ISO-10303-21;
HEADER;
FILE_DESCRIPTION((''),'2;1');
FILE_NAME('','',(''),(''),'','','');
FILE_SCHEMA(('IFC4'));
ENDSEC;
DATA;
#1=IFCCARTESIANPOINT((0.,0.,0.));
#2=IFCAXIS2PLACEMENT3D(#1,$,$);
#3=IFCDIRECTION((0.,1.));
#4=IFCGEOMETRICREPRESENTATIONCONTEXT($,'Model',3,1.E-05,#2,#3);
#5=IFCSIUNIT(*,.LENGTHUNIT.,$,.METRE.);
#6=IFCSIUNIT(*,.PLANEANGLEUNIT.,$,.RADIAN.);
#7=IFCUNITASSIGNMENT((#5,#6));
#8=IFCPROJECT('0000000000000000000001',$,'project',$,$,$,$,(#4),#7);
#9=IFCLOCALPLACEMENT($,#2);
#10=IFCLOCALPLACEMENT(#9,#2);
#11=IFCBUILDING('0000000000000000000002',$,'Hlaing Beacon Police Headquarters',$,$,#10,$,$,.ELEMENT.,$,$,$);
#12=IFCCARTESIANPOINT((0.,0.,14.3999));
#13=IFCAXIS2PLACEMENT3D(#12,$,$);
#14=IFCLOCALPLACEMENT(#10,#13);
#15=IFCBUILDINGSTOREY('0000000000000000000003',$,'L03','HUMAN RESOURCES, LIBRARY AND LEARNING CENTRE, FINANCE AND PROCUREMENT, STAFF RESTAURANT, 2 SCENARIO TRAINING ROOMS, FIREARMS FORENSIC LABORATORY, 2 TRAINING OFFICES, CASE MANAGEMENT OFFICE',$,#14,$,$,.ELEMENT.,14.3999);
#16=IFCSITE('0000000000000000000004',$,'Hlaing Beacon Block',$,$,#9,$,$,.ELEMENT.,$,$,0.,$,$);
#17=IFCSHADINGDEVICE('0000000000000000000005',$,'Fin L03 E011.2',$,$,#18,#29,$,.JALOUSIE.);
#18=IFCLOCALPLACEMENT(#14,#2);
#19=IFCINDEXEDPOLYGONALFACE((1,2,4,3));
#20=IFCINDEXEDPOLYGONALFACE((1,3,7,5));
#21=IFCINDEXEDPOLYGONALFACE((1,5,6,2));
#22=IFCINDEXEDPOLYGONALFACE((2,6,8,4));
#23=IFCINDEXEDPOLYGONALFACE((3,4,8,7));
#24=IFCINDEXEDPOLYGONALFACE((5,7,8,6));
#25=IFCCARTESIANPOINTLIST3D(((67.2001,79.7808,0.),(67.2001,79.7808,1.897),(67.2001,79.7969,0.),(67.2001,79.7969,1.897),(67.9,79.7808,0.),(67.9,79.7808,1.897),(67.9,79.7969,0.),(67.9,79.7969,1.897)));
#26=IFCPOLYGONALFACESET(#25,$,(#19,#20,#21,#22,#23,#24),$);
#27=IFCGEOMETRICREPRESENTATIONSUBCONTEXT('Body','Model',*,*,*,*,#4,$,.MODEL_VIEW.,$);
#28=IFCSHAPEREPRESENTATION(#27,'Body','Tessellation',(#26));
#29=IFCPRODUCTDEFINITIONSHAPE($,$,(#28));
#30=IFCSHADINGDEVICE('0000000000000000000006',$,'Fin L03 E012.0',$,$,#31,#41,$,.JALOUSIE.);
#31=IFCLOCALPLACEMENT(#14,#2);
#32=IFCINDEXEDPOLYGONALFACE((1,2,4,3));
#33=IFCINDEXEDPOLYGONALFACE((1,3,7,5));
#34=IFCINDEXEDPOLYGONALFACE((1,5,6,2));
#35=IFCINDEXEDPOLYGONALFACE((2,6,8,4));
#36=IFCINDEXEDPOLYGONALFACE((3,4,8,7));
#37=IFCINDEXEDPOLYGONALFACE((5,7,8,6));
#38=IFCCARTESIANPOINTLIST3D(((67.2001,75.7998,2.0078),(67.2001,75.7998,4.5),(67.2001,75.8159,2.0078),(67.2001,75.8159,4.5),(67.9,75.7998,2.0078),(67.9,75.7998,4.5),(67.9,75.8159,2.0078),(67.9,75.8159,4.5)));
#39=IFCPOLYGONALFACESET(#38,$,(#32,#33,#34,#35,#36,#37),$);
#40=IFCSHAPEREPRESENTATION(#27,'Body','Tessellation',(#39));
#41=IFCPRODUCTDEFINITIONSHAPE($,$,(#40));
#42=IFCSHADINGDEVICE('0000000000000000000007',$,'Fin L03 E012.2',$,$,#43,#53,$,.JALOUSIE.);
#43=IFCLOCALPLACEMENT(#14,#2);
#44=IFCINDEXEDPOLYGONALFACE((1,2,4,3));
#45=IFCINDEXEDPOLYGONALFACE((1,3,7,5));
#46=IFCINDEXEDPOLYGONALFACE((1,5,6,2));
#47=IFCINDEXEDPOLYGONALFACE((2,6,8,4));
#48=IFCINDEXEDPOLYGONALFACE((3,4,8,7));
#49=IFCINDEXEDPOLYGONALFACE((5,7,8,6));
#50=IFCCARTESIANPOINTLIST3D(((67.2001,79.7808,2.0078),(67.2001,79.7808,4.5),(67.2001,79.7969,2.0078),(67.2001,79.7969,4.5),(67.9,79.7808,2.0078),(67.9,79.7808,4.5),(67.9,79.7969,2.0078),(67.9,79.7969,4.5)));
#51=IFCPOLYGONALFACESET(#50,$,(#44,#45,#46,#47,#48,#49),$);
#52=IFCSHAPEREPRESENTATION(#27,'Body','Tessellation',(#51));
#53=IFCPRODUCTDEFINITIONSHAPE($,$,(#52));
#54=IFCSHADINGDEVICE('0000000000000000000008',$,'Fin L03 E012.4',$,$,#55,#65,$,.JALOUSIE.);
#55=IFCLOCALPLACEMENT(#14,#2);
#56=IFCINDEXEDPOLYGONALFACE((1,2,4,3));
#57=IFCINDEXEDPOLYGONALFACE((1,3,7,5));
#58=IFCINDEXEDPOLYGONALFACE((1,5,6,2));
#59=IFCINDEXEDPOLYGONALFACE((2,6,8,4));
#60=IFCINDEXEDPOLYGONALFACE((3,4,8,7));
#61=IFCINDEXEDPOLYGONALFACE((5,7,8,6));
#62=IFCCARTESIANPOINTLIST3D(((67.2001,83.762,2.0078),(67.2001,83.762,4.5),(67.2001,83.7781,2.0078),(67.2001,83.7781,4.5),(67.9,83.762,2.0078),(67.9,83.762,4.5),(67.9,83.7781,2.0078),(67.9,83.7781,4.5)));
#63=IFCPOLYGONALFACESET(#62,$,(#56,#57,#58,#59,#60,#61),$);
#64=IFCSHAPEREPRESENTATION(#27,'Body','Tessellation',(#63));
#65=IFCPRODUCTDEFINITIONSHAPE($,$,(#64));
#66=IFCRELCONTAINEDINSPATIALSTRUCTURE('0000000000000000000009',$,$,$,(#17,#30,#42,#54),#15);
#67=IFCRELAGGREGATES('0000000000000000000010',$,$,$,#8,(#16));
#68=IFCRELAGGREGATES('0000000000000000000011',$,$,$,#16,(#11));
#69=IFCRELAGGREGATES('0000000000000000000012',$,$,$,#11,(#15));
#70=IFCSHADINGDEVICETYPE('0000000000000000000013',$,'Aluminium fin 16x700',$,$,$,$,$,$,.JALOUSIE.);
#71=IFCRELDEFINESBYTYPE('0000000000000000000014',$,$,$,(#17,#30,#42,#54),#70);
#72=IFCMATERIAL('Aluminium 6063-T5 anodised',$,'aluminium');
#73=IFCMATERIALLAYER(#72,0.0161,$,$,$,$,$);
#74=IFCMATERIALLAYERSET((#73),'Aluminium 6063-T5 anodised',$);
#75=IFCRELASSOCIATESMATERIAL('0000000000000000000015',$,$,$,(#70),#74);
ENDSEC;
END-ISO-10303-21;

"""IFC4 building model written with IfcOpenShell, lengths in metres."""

from ifc_helpers import new_model, si_unit, direction, frame, origin, origin_2d, place, context, subcontext, project, spatial, rectangle, extrude, material, layer, layer_set, type_object, element, save


model = new_model("IFC4")

# Units and contexts
model_context = context("Model", 3, precision=1e-05, world=origin(), true_north=direction((0.0, 1.0)))
body_context = subcontext(model_context, "Body", "Model", "MODEL_VIEW")
ifc_project = project(units=[si_unit("LENGTHUNIT", "METRE"), si_unit("PLANEANGLEUNIT", "RADIAN")], contexts=[model_context])

# Site, building, storey
site_placement = place(None, origin())
site = spatial("IfcSite", under=ifc_project, at=site_placement, Name="Hlaing Beacon Block", CompositionType="ELEMENT", RefElevation=0.0)
building_placement = place(site_placement, origin())
building = spatial("IfcBuilding", under=site, at=building_placement, Name="Hlaing Beacon Police Headquarters", CompositionType="ELEMENT")
storey_placement = place(building_placement, frame((0.0, 0.0, 14.3999)))
storey = spatial("IfcBuildingStorey", under=building, at=storey_placement, Name="L03", Description="HUMAN RESOURCES, LIBRARY AND LEARNING CENTRE, FINANCE AND PROCUREMENT, STAFF RESTAURANT, 2 SCENARIO TRAINING ROOMS, FIREARMS FORENSIC LABORATORY, 2 TRAINING OFFICES, CASE MANAGEMENT OFFICE", CompositionType="ELEMENT", Elevation=14.3999)

# Shading devices
ifc_material_1 = material(Name="Aluminium 6063-T5 anodised", Category="aluminium")
ifc_layer_1 = layer(ifc_material_1, 0.0161)
ifc_layer_set_1 = layer_set([ifc_layer_1], Name="Aluminium 6063-T5 anodised")
shading_device_type = type_object("IfcShadingDeviceType", Name="Aluminium fin 16x700", PredefinedType="JALOUSIE", material=ifc_layer_set_1)
for number, where, z_axis, x_axis, name in (
    (1, (67.55, 79.7888, 0.0), (0.0, 0.0, 1.0), (0.0, 1.0, 0.0), "Fin L03 E011.2"),
):
    element("IfcShadingDevice", number, at=place(storey_placement, frame(where, z_axis=z_axis, x_axis=x_axis)), inside=storey, type_object=shading_device_type, Name=name, PredefinedType="JALOUSIE", context=body_context, shape_type="SweptSolid", body=[
        extrude(rectangle(XDim=0.0161, YDim=0.7, at=origin_2d()), origin(), (0.0, 0.0, 1.0), 1.897),
    ])
for number, where, z_axis, x_axis, name in (
    (2, (67.55, 75.8079, 2.0078), (0.0, 0.0, 1.0), (0.0, 1.0, 0.0), "Fin L03 E012.0"),
    (3, (67.55, 79.7888, 2.0078), (0.0, 0.0, 1.0), (0.0, 1.0, 0.0), "Fin L03 E012.2"),
    (4, (67.55, 83.77, 2.0078), (0.0, 0.0, 1.0), (0.0, 1.0, 0.0), "Fin L03 E012.4"),
):
    element("IfcShadingDevice", number, at=place(storey_placement, frame(where, z_axis=z_axis, x_axis=x_axis)), inside=storey, type_object=shading_device_type, Name=name, PredefinedType="JALOUSIE", context=body_context, shape_type="SweptSolid", body=[
        extrude(rectangle(XDim=0.0161, YDim=0.7, at=origin_2d()), origin(), (0.0, 0.0, 1.0), 2.4922),
    ])

save(model, "model.ifc")
